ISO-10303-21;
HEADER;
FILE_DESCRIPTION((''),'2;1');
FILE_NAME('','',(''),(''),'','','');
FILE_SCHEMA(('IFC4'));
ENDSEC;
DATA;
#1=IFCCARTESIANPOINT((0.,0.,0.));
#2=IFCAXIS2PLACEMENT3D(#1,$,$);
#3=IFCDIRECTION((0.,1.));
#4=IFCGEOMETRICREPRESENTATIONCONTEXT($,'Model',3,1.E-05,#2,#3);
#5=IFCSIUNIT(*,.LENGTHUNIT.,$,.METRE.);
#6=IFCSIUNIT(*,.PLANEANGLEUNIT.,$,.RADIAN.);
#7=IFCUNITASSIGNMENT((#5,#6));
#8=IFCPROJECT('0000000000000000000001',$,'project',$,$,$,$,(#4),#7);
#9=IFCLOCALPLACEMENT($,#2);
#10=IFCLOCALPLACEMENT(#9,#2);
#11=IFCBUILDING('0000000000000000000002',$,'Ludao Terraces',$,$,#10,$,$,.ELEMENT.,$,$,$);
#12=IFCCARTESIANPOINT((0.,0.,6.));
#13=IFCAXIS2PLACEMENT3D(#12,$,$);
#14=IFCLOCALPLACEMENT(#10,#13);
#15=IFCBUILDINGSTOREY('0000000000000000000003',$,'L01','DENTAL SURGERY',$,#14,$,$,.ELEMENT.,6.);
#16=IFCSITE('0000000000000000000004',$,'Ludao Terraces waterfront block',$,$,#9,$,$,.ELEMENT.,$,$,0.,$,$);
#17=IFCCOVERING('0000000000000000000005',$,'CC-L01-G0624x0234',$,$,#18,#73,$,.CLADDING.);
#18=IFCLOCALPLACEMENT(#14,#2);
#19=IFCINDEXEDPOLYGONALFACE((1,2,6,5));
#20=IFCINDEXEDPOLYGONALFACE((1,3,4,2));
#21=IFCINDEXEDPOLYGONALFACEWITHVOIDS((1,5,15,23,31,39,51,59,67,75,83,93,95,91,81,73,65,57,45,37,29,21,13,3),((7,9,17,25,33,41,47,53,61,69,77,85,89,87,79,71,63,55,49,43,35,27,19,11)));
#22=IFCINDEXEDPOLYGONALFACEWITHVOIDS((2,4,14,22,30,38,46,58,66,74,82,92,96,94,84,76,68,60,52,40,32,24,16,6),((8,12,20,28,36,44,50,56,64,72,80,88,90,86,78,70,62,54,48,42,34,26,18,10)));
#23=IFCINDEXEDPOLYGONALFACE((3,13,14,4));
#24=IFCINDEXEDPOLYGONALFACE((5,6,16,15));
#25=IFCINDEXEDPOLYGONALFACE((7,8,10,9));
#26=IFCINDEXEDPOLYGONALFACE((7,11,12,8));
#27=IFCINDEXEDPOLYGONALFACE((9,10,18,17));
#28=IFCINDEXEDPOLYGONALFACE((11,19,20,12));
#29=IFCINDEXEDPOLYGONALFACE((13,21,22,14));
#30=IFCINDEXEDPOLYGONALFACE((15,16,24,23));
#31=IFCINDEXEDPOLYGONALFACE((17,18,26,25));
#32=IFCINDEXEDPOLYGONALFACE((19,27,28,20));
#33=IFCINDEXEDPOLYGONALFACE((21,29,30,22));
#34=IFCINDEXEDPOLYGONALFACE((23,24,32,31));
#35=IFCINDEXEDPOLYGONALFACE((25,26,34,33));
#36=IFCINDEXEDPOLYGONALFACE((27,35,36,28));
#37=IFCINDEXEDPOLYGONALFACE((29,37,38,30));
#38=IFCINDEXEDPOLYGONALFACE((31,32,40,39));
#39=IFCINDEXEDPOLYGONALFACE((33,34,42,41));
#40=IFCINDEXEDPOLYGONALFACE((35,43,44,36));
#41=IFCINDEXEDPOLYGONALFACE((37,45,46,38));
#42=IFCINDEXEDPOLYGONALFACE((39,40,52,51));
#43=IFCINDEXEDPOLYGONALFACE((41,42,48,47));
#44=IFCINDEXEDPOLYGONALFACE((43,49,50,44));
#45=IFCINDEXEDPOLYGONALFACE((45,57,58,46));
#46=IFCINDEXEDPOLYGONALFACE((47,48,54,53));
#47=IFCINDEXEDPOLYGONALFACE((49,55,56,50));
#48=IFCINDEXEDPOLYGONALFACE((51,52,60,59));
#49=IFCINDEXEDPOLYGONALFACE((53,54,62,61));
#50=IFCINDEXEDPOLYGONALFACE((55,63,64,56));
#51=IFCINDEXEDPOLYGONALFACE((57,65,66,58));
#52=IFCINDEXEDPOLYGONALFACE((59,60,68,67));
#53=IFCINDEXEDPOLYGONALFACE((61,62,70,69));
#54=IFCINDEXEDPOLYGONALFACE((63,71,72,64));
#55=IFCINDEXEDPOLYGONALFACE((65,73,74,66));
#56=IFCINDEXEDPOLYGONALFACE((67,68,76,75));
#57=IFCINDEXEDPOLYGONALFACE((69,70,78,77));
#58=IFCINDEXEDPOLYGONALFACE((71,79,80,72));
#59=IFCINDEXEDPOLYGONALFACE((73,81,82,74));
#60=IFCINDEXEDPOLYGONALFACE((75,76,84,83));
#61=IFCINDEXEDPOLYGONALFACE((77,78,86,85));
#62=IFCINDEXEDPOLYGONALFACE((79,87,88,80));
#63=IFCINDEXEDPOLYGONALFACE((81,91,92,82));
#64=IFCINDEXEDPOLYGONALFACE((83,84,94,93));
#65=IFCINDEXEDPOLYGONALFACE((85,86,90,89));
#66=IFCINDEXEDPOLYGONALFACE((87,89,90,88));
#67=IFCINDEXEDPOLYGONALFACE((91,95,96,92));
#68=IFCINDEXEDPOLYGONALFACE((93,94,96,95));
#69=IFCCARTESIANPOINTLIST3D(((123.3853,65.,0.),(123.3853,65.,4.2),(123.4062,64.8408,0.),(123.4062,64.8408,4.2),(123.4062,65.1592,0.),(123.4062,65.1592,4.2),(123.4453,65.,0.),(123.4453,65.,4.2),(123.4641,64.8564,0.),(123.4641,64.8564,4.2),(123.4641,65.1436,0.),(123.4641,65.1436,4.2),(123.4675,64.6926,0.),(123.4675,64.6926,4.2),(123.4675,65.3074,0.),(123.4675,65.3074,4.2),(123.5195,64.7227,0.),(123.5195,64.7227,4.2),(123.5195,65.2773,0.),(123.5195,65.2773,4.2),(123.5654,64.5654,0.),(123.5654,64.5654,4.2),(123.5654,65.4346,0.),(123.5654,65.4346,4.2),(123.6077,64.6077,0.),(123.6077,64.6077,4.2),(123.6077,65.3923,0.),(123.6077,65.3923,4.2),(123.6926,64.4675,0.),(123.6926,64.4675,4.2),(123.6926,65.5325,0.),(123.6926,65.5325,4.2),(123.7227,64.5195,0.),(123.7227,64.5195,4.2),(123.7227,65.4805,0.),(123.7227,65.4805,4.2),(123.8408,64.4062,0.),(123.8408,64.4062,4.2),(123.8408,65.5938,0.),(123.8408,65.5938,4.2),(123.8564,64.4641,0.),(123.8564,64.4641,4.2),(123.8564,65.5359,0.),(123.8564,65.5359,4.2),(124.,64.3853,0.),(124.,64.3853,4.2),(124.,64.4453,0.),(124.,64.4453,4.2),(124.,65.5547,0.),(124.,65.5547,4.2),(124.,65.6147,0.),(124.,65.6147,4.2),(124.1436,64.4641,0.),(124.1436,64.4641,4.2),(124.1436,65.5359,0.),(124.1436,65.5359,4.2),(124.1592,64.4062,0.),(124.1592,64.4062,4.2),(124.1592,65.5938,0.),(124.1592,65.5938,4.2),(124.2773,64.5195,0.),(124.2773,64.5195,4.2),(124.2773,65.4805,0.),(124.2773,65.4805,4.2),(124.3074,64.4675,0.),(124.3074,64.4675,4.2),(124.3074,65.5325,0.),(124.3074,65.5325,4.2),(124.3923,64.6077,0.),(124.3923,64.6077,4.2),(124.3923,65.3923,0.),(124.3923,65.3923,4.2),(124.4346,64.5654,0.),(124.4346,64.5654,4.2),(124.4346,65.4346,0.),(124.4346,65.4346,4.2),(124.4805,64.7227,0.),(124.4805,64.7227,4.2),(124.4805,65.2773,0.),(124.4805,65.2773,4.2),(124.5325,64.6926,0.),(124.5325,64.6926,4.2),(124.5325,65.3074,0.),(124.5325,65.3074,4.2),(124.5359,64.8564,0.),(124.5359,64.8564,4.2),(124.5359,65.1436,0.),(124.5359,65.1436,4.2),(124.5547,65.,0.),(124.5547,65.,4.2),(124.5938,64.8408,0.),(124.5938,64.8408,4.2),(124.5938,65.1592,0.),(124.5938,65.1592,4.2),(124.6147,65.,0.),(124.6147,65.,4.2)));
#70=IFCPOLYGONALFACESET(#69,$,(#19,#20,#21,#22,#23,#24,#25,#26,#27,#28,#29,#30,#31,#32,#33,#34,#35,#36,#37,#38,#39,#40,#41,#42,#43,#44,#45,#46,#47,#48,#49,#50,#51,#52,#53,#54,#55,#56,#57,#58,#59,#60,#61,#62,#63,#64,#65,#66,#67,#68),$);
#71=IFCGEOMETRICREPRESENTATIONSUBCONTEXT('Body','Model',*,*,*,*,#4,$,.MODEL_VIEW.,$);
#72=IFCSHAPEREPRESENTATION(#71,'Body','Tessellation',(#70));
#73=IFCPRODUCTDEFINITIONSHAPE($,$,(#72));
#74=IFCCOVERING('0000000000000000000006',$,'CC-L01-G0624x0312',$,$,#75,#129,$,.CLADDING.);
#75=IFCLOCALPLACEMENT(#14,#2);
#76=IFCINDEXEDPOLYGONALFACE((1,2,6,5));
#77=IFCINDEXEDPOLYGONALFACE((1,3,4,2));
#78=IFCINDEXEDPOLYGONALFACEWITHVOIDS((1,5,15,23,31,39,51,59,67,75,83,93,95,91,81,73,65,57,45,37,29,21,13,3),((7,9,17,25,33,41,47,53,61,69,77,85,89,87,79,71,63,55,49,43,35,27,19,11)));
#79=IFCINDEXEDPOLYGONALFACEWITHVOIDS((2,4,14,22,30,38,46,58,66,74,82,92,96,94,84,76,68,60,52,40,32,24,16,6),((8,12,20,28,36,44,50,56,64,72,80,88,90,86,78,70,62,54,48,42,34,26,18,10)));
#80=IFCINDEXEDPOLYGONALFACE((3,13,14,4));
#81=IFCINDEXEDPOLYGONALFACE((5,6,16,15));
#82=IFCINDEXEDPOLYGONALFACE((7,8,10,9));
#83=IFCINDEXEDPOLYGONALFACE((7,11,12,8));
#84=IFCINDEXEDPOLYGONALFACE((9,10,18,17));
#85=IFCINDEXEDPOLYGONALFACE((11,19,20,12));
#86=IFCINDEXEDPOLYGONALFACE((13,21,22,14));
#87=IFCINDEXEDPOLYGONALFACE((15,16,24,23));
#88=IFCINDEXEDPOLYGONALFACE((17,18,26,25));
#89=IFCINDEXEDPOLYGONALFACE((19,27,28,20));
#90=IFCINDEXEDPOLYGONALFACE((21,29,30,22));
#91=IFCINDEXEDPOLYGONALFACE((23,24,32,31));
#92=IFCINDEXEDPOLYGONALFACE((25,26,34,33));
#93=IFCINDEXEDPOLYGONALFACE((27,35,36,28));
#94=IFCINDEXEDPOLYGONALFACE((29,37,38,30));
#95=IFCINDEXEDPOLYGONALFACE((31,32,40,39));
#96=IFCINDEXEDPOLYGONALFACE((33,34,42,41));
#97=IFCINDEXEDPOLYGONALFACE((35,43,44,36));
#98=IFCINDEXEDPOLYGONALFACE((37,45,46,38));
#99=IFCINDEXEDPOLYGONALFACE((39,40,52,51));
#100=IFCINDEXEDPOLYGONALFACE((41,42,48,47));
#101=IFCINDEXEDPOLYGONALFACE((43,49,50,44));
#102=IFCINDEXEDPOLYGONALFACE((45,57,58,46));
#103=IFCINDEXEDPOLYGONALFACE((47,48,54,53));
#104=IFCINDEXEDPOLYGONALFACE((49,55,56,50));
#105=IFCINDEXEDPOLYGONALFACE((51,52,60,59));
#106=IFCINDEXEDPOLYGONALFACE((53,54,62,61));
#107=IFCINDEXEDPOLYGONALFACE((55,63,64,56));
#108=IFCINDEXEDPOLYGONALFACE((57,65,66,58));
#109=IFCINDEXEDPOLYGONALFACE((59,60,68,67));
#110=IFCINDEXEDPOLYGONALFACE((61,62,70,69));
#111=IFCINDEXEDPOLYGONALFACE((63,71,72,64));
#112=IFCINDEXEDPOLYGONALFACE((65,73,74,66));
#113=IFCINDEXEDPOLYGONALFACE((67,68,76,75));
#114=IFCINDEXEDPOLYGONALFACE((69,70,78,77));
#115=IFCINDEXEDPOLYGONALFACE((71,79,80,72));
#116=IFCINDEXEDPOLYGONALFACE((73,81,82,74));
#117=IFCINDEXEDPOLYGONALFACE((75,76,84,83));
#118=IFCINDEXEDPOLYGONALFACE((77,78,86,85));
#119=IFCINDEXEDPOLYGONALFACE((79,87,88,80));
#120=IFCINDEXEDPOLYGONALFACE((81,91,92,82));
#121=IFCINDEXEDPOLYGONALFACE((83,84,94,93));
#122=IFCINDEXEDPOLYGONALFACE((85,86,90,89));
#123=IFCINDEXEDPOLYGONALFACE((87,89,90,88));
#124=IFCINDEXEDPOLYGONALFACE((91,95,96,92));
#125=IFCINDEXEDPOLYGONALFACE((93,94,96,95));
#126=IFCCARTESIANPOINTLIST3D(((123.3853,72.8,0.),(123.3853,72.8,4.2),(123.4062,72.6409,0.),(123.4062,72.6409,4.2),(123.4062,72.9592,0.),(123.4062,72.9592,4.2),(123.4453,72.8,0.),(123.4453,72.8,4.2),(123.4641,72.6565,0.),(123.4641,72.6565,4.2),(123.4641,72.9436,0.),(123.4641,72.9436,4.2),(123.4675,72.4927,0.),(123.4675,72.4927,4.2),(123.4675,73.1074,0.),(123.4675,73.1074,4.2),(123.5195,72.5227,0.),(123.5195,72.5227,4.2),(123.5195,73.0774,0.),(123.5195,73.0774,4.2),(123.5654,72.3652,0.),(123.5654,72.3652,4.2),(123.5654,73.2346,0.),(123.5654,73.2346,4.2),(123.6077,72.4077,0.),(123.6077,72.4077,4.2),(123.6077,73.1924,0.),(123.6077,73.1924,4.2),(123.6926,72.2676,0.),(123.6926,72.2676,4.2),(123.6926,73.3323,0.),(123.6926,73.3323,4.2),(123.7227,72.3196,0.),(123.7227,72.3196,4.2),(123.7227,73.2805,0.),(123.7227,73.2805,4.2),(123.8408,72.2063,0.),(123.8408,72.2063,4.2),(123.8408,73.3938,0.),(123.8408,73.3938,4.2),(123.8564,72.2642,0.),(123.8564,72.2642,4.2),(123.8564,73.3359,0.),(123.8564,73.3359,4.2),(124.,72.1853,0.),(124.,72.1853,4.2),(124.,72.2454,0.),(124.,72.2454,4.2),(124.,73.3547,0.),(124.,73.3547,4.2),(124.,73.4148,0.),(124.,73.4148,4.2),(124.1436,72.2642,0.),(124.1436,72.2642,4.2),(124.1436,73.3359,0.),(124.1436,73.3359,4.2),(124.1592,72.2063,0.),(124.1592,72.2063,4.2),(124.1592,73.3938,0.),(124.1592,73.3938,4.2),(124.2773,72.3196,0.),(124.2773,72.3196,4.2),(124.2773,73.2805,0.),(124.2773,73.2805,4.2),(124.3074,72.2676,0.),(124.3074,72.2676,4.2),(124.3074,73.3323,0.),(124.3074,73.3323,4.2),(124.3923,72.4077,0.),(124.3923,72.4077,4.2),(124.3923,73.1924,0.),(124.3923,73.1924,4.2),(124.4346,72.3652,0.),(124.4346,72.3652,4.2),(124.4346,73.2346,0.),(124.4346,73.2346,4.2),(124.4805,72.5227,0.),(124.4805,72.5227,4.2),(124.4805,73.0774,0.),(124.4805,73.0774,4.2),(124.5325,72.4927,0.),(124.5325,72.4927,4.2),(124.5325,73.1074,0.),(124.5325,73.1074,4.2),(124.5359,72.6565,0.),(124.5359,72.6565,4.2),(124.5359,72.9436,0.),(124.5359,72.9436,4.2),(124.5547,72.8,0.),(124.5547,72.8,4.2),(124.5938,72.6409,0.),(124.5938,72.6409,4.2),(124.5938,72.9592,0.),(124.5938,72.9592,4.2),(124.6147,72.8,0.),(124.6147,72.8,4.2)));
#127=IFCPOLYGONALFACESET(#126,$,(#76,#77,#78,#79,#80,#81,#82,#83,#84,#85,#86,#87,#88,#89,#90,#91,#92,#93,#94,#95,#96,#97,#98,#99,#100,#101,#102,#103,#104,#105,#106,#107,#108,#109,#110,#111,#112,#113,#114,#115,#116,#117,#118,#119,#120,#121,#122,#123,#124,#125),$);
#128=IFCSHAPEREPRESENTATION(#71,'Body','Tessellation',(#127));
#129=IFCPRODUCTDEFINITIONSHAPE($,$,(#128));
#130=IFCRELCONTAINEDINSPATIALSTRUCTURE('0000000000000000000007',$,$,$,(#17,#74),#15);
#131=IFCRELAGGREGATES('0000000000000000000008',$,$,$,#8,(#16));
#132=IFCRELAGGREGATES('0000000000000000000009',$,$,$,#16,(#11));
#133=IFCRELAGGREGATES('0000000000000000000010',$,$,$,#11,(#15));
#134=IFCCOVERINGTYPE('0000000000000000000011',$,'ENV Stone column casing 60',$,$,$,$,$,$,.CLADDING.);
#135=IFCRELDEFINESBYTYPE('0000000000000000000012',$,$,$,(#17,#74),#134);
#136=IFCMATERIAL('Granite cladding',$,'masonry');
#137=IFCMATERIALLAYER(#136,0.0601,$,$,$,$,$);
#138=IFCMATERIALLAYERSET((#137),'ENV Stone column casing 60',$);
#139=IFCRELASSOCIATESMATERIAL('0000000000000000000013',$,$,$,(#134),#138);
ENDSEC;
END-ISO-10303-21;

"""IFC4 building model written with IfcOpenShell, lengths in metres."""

from ifc_helpers import new_model, si_unit, direction, frame, origin, place, context, subcontext, project, spatial, polyline, outline, extrude, material, layer, layer_set, type_object, element, save


model = new_model("IFC4")

# Units and contexts
model_context = context("Model", 3, precision=1e-05, world=origin(), true_north=direction((0.0, 1.0)))
body_context = subcontext(model_context, "Body", "Model", "MODEL_VIEW")
ifc_project = project(units=[si_unit("LENGTHUNIT", "METRE"), si_unit("PLANEANGLEUNIT", "RADIAN")], contexts=[model_context])

# Site, building, storey
site_placement = place(None, origin())
site = spatial("IfcSite", under=ifc_project, at=site_placement, Name="Ludao Terraces waterfront block", CompositionType="ELEMENT", RefElevation=0.0)
building_placement = place(site_placement, origin())
building = spatial("IfcBuilding", under=site, at=building_placement, Name="Ludao Terraces", CompositionType="ELEMENT")
storey_placement = place(building_placement, frame((0.0, 0.0, 6.0)))
storey = spatial("IfcBuildingStorey", under=building, at=storey_placement, Name="L01", Description="DENTAL SURGERY", CompositionType="ELEMENT", Elevation=6.0)

# Coverings
ifc_material_1 = material(Name="Granite cladding", Category="masonry")
ifc_layer_1 = layer(ifc_material_1, 0.0601)
ifc_layer_set_1 = layer_set([ifc_layer_1], Name="ENV Stone column casing 60")
covering_type = type_object("IfcCoveringType", Name="ENV Stone column casing 60", PredefinedType="CLADDING", material=ifc_layer_set_1)
covering_1_placement = place(storey_placement, origin())
element("IfcCovering", 1, at=covering_1_placement, inside=storey, type_object=covering_type, Name="CC-L01-G0624x0234", PredefinedType="CLADDING", context=body_context, shape_type="SweptSolid", body=[
    extrude(outline(polyline([(124.6147, 65.0), (124.5938, 65.1592), (124.5325, 65.3074), (124.4346, 65.4346), (124.3074, 65.5325), (124.1592, 65.5938), (124.0, 65.6147), (123.8408, 65.5938), (123.6926, 65.5325), (123.5654, 65.4346), (123.4675, 65.3074), (123.4062, 65.1592), (123.3853, 65.0), (123.4062, 64.8408), (123.4675, 64.6926), (123.5654, 64.5654), (123.6926, 64.4675), (123.8408, 64.4062), (124.0, 64.3853), (124.1592, 64.4062), (124.3074, 64.4675), (124.4346, 64.5654), (124.5325, 64.6926), (124.5938, 64.8408), (124.6147, 65.0)]), holes=[polyline([(124.5359, 64.8564), (124.4805, 64.7227), (124.3923, 64.6077), (124.2773, 64.5195), (124.1436, 64.4641), (124.0, 64.4453), (123.8564, 64.4641), (123.7227, 64.5195), (123.6077, 64.6077), (123.5195, 64.7227), (123.4641, 64.8564), (123.4453, 65.0), (123.4641, 65.1436), (123.5195, 65.2773), (123.6077, 65.3923), (123.7227, 65.4805), (123.8564, 65.5359), (124.0, 65.5547), (124.1436, 65.5359), (124.2773, 65.4805), (124.3923, 65.3923), (124.4805, 65.2773), (124.5359, 65.1436), (124.5547, 65.0), (124.5359, 64.8564)])]), origin(), (0.0, 0.0, 1.0), 4.2),
])
covering_2_placement = place(storey_placement, origin())
element("IfcCovering", 2, at=covering_2_placement, inside=storey, type_object=covering_type, Name="CC-L01-G0624x0312", PredefinedType="CLADDING", context=body_context, shape_type="SweptSolid", body=[
    extrude(outline(polyline([(124.6147, 72.8), (124.5938, 72.9592), (124.5325, 73.1074), (124.4346, 73.2346), (124.3074, 73.3323), (124.1592, 73.3938), (124.0, 73.4148), (123.8408, 73.3938), (123.6926, 73.3323), (123.5654, 73.2346), (123.4675, 73.1074), (123.4062, 72.9592), (123.3853, 72.8), (123.4062, 72.6409), (123.4675, 72.4927), (123.5654, 72.3652), (123.6926, 72.2676), (123.8408, 72.2063), (124.0, 72.1853), (124.1592, 72.2063), (124.3074, 72.2676), (124.4346, 72.3652), (124.5325, 72.4927), (124.5938, 72.6409), (124.6147, 72.8)]), holes=[polyline([(124.5359, 72.6565), (124.4805, 72.5227), (124.3923, 72.4077), (124.2773, 72.3196), (124.1436, 72.2642), (124.0, 72.2454), (123.8564, 72.2642), (123.7227, 72.3196), (123.6077, 72.4077), (123.5195, 72.5227), (123.4641, 72.6565), (123.4453, 72.8), (123.4641, 72.9436), (123.5195, 73.0774), (123.6077, 73.1924), (123.7227, 73.2805), (123.8564, 73.3359), (124.0, 73.3547), (124.1436, 73.3359), (124.2773, 73.2805), (124.3923, 73.1924), (124.4805, 73.0774), (124.5359, 72.9436), (124.5547, 72.8), (124.5359, 72.6565)])]), origin(), (0.0, 0.0, 1.0), 4.2),
])

save(model, "model.ifc")
